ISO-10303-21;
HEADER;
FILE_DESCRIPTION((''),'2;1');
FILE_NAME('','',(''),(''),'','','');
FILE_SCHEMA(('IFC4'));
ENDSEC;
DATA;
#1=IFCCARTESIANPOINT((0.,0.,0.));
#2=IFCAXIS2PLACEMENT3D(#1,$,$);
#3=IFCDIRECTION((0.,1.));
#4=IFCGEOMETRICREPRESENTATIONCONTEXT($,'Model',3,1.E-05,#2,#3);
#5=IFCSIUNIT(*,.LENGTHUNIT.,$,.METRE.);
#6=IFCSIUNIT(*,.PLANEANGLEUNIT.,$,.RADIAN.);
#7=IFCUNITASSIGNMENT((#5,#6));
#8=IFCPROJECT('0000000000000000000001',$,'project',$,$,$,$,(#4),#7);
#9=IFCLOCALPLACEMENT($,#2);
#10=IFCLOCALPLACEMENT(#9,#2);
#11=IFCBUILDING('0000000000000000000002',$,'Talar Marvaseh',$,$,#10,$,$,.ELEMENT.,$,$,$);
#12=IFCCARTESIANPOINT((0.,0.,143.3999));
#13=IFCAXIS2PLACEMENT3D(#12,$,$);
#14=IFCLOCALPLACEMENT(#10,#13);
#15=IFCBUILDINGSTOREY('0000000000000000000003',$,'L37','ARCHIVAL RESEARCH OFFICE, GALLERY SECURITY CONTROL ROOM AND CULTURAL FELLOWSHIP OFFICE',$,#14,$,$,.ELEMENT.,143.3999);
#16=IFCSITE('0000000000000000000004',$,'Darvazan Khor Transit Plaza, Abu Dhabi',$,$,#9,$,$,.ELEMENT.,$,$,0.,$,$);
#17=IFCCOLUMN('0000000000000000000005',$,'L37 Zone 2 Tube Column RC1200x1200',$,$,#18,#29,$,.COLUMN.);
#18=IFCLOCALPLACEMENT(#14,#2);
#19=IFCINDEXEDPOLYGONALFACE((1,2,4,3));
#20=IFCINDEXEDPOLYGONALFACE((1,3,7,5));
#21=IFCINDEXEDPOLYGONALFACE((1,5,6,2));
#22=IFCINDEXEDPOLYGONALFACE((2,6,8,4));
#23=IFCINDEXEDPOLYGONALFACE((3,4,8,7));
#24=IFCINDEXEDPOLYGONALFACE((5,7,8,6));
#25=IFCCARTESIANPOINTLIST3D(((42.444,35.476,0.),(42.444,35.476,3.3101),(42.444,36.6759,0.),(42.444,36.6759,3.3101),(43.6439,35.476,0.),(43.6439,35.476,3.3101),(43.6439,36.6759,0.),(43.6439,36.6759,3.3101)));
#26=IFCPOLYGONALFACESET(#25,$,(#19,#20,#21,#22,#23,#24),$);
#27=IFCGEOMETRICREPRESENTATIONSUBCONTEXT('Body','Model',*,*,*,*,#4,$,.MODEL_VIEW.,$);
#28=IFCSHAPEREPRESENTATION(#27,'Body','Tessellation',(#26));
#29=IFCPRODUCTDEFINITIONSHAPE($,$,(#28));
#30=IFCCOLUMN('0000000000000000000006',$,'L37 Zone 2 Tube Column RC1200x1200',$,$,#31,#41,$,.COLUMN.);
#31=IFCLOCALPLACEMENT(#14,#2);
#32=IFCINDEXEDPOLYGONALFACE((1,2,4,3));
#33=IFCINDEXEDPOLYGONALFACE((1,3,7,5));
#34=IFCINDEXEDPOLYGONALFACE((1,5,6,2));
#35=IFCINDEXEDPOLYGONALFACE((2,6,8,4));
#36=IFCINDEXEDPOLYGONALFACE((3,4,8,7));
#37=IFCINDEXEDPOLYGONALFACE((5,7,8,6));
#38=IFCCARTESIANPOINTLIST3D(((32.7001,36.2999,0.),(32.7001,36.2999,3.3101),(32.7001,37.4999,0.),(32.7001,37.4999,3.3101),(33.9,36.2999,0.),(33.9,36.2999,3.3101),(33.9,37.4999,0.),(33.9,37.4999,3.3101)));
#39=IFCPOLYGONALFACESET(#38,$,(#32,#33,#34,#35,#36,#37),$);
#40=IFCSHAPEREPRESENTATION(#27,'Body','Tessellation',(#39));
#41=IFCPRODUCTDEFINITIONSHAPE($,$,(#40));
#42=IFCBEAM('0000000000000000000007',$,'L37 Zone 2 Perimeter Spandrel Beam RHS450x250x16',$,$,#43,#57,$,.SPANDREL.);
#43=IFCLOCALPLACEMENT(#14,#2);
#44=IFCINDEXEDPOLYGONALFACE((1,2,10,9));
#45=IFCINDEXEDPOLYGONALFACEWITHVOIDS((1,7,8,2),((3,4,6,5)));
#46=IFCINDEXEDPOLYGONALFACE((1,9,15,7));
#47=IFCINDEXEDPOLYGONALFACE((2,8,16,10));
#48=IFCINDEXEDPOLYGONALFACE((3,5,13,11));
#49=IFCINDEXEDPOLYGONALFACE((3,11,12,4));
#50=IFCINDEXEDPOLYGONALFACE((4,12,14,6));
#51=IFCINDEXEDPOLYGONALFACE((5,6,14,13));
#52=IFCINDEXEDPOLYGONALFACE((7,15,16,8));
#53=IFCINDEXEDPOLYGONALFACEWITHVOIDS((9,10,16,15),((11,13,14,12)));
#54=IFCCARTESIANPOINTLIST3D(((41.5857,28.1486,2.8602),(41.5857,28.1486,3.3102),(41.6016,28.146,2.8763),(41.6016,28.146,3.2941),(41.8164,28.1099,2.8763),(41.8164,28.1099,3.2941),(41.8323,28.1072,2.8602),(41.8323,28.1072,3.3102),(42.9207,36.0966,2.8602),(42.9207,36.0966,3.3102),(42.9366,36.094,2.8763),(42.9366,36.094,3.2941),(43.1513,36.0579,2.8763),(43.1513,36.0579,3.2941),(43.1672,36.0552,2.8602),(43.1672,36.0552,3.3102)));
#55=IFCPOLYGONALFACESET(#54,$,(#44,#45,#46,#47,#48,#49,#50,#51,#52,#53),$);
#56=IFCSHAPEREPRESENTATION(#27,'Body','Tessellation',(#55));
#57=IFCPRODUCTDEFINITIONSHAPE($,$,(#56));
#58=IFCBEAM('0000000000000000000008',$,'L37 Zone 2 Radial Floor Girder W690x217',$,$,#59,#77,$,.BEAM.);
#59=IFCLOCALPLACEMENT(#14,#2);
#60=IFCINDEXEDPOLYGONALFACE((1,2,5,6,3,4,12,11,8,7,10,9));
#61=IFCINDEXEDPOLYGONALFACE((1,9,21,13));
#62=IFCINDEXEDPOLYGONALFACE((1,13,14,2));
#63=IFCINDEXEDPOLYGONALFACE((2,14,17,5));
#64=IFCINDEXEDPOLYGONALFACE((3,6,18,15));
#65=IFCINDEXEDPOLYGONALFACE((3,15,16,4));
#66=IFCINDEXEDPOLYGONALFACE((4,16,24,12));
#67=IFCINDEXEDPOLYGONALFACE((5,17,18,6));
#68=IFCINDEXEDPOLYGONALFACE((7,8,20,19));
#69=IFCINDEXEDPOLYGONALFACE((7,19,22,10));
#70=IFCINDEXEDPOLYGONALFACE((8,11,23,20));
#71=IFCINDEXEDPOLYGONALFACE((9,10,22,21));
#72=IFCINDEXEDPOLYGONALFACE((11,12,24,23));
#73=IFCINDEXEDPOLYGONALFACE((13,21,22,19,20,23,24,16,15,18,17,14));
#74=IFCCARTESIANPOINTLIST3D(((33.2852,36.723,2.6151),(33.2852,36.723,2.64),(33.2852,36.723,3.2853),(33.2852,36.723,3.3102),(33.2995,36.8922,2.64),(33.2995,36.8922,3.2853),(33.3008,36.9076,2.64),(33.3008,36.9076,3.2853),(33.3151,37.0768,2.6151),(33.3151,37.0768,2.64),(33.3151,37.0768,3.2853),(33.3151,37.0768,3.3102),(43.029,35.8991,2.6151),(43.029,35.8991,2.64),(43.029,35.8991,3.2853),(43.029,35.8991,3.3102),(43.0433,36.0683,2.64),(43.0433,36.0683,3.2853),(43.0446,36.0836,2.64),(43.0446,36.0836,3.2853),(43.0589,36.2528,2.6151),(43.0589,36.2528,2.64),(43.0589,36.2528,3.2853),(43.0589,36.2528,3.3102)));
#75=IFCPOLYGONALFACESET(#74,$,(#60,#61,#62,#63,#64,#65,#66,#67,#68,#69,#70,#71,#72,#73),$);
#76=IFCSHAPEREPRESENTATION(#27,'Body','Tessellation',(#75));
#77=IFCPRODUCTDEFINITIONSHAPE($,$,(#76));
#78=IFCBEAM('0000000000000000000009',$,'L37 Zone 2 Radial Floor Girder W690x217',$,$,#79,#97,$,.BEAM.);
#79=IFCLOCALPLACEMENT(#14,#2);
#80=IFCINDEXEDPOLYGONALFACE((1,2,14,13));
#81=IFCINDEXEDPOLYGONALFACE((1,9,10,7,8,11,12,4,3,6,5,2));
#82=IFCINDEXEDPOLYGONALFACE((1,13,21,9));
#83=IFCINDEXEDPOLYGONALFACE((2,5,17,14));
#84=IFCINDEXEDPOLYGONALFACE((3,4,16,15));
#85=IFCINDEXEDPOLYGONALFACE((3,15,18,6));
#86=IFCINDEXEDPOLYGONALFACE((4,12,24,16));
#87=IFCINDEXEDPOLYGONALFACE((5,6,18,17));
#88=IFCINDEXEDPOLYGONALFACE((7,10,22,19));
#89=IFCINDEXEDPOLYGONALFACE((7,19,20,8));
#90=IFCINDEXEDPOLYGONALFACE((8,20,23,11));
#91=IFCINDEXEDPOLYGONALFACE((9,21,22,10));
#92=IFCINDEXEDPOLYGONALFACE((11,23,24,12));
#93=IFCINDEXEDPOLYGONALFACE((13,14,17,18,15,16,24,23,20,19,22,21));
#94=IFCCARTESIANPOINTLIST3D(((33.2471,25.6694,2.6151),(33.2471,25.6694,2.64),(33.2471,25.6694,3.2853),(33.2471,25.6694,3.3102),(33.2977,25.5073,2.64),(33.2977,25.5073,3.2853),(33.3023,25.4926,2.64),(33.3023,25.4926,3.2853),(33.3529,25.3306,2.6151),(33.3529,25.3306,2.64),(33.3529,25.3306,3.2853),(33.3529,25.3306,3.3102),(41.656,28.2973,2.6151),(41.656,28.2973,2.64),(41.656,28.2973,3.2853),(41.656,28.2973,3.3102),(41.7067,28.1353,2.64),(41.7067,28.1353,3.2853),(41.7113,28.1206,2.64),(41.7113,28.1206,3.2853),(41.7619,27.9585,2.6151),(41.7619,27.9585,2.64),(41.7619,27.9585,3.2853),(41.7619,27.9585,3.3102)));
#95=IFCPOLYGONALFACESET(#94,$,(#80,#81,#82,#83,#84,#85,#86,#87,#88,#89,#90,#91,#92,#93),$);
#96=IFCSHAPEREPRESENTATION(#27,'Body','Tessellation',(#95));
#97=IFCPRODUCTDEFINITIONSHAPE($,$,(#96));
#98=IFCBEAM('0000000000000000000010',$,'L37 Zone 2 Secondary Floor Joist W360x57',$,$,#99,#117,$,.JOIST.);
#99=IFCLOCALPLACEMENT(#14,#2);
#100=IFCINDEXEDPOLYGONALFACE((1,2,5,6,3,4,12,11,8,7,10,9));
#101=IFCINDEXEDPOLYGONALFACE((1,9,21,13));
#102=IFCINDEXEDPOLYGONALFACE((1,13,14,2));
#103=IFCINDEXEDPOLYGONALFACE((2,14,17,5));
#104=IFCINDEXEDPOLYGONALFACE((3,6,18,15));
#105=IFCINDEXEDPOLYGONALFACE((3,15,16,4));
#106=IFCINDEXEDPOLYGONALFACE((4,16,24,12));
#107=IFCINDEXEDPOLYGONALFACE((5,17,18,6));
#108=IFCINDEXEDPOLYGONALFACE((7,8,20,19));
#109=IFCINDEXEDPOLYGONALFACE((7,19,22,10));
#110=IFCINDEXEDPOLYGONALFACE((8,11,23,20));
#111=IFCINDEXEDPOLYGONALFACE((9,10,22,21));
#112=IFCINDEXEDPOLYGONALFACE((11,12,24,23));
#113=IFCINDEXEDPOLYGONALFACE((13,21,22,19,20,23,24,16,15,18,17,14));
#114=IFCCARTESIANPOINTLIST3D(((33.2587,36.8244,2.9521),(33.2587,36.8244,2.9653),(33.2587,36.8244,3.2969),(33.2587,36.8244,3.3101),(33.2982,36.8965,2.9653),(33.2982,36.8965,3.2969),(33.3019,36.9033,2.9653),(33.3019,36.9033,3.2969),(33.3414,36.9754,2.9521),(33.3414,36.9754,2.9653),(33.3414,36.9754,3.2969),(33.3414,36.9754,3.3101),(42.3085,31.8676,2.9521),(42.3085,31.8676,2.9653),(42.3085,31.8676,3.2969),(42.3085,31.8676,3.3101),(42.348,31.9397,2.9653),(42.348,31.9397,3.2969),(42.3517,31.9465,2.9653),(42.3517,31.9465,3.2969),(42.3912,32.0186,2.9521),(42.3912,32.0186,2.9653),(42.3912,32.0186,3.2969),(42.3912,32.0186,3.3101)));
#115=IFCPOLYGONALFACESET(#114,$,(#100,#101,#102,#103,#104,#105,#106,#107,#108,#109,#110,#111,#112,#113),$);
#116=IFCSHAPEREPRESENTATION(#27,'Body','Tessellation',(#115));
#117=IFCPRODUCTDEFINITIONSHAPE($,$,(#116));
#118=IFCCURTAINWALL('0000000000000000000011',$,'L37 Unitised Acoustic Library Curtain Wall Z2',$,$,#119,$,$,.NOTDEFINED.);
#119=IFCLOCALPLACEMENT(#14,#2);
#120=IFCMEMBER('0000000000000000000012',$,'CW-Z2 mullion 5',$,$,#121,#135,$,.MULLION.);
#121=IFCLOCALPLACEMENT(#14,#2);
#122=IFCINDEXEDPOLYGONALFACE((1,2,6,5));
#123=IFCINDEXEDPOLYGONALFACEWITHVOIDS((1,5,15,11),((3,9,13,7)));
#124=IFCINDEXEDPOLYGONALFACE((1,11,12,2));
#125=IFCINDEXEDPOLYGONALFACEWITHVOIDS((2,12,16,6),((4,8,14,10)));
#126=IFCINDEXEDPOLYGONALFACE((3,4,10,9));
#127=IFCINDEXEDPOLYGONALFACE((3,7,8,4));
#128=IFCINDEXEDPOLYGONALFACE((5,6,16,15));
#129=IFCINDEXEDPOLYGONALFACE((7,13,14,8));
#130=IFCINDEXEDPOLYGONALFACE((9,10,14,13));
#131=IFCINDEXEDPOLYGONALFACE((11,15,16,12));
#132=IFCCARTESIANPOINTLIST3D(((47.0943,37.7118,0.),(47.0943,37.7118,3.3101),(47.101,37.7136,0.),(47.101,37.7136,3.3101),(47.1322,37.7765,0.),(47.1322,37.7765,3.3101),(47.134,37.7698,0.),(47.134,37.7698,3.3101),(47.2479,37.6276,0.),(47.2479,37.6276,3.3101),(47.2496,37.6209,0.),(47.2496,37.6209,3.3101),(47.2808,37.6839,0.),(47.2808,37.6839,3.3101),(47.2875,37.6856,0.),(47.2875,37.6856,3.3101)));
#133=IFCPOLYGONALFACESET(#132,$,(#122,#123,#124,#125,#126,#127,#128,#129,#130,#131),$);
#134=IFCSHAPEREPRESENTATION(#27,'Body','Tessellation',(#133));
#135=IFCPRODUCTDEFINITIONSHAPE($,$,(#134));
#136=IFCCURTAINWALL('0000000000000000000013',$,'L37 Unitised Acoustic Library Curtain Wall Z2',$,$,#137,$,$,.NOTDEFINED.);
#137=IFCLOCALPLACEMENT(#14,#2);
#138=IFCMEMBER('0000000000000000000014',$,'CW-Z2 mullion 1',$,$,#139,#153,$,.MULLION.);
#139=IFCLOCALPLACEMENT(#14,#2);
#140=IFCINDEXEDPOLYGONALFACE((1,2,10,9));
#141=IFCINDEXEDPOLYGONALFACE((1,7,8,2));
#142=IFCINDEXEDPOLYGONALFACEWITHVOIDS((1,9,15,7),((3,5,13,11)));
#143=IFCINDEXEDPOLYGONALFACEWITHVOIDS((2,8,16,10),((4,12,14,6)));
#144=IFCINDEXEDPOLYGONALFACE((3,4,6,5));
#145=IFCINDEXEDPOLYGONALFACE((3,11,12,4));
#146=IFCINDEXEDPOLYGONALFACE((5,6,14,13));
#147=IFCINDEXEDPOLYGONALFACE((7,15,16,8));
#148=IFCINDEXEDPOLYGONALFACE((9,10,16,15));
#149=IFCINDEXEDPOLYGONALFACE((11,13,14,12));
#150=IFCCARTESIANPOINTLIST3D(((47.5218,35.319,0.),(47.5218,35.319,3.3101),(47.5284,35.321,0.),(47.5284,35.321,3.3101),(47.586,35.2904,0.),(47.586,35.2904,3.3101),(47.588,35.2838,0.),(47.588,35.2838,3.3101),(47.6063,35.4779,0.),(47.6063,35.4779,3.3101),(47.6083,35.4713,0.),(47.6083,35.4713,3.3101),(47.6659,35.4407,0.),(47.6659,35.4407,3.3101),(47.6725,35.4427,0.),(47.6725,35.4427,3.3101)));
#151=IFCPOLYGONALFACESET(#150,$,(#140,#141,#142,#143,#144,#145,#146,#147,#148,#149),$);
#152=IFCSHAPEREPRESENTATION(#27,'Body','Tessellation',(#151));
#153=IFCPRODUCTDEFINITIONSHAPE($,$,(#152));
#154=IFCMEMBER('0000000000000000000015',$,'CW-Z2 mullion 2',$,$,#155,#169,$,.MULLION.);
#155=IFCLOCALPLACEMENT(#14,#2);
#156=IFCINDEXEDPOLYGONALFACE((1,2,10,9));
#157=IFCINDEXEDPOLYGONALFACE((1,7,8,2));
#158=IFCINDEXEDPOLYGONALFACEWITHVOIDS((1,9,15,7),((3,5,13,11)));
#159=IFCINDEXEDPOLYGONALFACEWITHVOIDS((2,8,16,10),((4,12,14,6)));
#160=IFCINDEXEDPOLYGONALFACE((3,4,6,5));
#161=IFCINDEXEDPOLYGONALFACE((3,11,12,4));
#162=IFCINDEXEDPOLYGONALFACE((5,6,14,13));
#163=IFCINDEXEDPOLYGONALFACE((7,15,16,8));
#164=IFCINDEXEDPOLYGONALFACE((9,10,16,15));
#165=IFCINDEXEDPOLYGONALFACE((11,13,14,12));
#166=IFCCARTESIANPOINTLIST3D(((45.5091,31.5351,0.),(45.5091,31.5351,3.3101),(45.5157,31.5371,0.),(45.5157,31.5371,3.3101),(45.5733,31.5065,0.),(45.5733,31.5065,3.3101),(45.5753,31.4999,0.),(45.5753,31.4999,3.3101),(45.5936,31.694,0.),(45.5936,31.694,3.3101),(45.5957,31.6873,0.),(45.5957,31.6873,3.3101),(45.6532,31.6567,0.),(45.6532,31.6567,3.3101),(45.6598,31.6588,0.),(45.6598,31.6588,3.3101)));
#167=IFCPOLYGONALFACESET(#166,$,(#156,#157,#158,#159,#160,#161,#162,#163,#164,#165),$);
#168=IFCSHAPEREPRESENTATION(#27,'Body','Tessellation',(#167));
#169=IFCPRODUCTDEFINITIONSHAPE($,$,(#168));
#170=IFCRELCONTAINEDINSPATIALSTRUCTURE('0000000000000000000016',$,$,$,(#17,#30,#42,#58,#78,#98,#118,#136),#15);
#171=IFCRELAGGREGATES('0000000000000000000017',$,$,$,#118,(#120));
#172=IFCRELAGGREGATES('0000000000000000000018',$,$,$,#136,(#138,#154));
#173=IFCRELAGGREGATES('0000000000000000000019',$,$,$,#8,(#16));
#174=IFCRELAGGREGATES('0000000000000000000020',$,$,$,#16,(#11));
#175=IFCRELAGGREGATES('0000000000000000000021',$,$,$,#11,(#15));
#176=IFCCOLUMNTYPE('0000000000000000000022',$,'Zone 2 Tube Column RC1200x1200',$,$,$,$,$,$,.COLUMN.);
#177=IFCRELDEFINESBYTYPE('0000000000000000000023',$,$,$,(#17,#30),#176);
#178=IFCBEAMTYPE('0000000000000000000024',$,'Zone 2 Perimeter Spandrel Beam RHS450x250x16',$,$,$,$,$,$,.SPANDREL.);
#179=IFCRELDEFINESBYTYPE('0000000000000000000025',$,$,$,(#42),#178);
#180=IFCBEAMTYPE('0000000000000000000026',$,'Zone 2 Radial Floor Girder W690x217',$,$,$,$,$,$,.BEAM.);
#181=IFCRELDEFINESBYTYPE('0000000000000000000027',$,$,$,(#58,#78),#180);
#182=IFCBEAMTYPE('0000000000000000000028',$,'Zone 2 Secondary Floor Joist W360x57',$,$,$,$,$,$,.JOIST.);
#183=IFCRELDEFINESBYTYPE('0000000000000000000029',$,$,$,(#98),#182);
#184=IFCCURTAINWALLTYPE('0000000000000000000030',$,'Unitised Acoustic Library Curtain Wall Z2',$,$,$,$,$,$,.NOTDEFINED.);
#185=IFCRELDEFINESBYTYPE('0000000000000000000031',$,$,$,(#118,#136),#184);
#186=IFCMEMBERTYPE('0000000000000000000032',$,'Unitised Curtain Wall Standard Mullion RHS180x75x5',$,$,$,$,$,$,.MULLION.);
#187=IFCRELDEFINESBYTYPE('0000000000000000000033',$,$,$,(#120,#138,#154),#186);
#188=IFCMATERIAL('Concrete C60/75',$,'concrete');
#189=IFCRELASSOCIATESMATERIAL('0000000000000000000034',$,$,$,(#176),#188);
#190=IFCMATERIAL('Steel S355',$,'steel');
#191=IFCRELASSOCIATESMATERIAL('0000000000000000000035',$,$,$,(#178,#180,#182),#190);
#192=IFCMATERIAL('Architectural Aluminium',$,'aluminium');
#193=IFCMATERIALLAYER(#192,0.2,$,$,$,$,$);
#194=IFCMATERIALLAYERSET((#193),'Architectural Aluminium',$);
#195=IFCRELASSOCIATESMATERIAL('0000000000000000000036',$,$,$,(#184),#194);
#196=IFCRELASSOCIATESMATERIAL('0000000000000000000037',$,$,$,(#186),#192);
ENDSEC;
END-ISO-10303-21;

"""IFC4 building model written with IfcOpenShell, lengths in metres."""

from ifc_helpers import new_model, si_unit, direction, frame, origin, origin_2d, place, context, subcontext, project, spatial, rectangle, hollow_rectangle, i_section, extrude, source, transform, mapped, material, layer, layer_set, material_profile, profile_set, type_object, type_shapes, element, aggregate, save


model = new_model("IFC4")

# Units and contexts
model_context = context("Model", 3, precision=1e-05, world=origin(), true_north=direction((0.0, 1.0)))
body_context = subcontext(model_context, "Body", "Model", "MODEL_VIEW")
ifc_project = project(units=[si_unit("LENGTHUNIT", "METRE"), si_unit("PLANEANGLEUNIT", "RADIAN")], contexts=[model_context])

# Site, building, storey
site_placement = place(None, origin())
site = spatial("IfcSite", under=ifc_project, at=site_placement, Name="Darvazan Khor Transit Plaza, Abu Dhabi", CompositionType="ELEMENT", RefElevation=0.0)
building_placement = place(site_placement, origin())
building = spatial("IfcBuilding", under=site, at=building_placement, Name="Talar Marvaseh", CompositionType="ELEMENT")
storey_placement = place(building_placement, frame((0.0, 0.0, 143.3999)))
storey = spatial("IfcBuildingStorey", under=building, at=storey_placement, Name="L37", Description="ARCHIVAL RESEARCH OFFICE, GALLERY SECURITY CONTROL ROOM AND CULTURAL FELLOWSHIP OFFICE", CompositionType="ELEMENT", Elevation=143.3999)

# Columns
ifc_material_1 = material(Name="Concrete C60/75", Category="concrete")
ifc_material_profile_1 = material_profile(ifc_material_1, rectangle(XDim=1.2, YDim=1.2, at=origin_2d()), Name="RC1200x1200")
ifc_profile_set_1 = profile_set([ifc_material_profile_1], Name="Concrete C60/75")
column_type = type_object("IfcColumnType", Name="Zone 2 Tube Column RC1200x1200", PredefinedType="COLUMN", material=ifc_profile_set_1)
for number, where, z_axis, x_axis, name in (
    (1, (43.0439, 36.0759, 0.0), (0.0, 0.0, 1.0), (1.0, 0.0, 0.0), "L37 Zone 2 Tube Column RC1200x1200"),
    (2, (33.3, 36.8999, 0.0), (0.0, 0.0, 1.0), (1.0, 0.0, 0.0), "L37 Zone 2 Tube Column RC1200x1200"),
):
    element("IfcColumn", number, at=place(storey_placement, frame(where, z_axis=z_axis, x_axis=x_axis)), inside=storey, type_object=column_type, Name=name, PredefinedType="COLUMN", context=body_context, shape_type="SweptSolid", body=[
        extrude(rectangle(XDim=1.2, YDim=1.2, at=origin_2d()), origin(), (0.0, 0.0, 1.0), 3.3101),
    ])

# Beams
ifc_material_2 = material(Name="Steel S355", Category="steel")
ifc_material_profile_2 = material_profile(ifc_material_2, hollow_rectangle(XDim=0.25, YDim=0.45, WallThickness=0.0161, at=origin_2d()), Name="RHS450x250x16")
ifc_profile_set_2 = profile_set([ifc_material_profile_2], Name="Steel S355")
beam_type_1 = type_object("IfcBeamType", Name="Zone 2 Perimeter Spandrel Beam RHS450x250x16", PredefinedType="SPANDREL", material=ifc_profile_set_2)
beam_1_placement = place(storey_placement, frame((43.0439, 36.0759, 3.0852), z_axis=(-0.165642, -0.986186, 0.0), x_axis=(0.986186, -0.165642, 0.0)))
element("IfcBeam", 3, at=beam_1_placement, inside=storey, type_object=beam_type_1, Name="L37 Zone 2 Perimeter Spandrel Beam RHS450x250x16", PredefinedType="SPANDREL", context=body_context, shape_type="SweptSolid", body=[
    extrude(hollow_rectangle(XDim=0.25, YDim=0.45, WallThickness=0.0161, at=origin_2d()), origin(), (0.0, 0.0, 1.0), 8.0593),
])
ifc_material_profile_3 = material_profile(ifc_material_2, i_section(OverallWidth=0.355, OverallDepth=0.6951, WebThickness=0.0154, FlangeThickness=0.0249, at=origin_2d()), Name="W690x217")
ifc_profile_set_3 = profile_set([ifc_material_profile_3], Name="Steel S355")
beam_type_2 = type_object("IfcBeamType", Name="Zone 2 Radial Floor Girder W690x217", PredefinedType="BEAM", material=ifc_profile_set_3)
beam_2_placement = place(storey_placement, frame((43.0439, 36.0759, 2.9626), z_axis=(-0.996444, 0.084262, 0.0), x_axis=(-0.084262, -0.996444, 0.0)))
element("IfcBeam", 4, at=beam_2_placement, inside=storey, type_object=beam_type_2, Name="L37 Zone 2 Radial Floor Girder W690x217", PredefinedType="BEAM", context=body_context, shape_type="SweptSolid", body=[
    extrude(i_section(OverallWidth=0.355, OverallDepth=0.6951, WebThickness=0.0154, FlangeThickness=0.0249, at=origin_2d()), origin(), (0.0, 0.0, 1.0), 9.7786),
])
beam_3_placement = place(storey_placement, frame((41.709, 28.1279, 2.9626), z_axis=(-0.954476, -0.298289, 0.0), x_axis=(0.298289, -0.954476, 0.0)))
element("IfcBeam", 5, at=beam_3_placement, inside=storey, type_object=beam_type_2, Name="L37 Zone 2 Radial Floor Girder W690x217", PredefinedType="BEAM", context=body_context, shape_type="SweptSolid", body=[
    extrude(i_section(OverallWidth=0.355, OverallDepth=0.6951, WebThickness=0.0154, FlangeThickness=0.0249, at=origin_2d()), origin(), (0.0, 0.0, 1.0), 8.8101),
])
ifc_material_profile_4 = material_profile(ifc_material_2, i_section(OverallWidth=0.1721, OverallDepth=0.3579, WebThickness=0.0078, FlangeThickness=0.0132, at=origin_2d()), Name="W360x57")
ifc_profile_set_4 = profile_set([ifc_material_profile_4], Name="Steel S355")
beam_type_3 = type_object("IfcBeamType", Name="Zone 2 Secondary Floor Joist W360x57", PredefinedType="JOIST", material=ifc_profile_set_4)
beam_4_placement = place(storey_placement, frame((42.3499, 31.9431, 3.1311), z_axis=(-0.877058, 0.480385, 0.0), x_axis=(-0.480385, -0.877058, 0.0)))
element("IfcBeam", 6, at=beam_4_placement, inside=storey, type_object=beam_type_3, Name="L37 Zone 2 Secondary Floor Joist W360x57", PredefinedType="JOIST", context=body_context, shape_type="SweptSolid", body=[
    extrude(i_section(OverallWidth=0.1721, OverallDepth=0.3579, WebThickness=0.0078, FlangeThickness=0.0132, at=origin_2d()), origin(), (0.0, 0.0, 1.0), 10.3184),
])

# Curtain wall, member
ifc_material_3 = material(Name="Architectural Aluminium", Category="aluminium")
ifc_layer_1 = layer(ifc_material_3, 0.2)
ifc_layer_set_1 = layer_set([ifc_layer_1], Name="Architectural Aluminium")
curtain_wall_type = type_object("IfcCurtainWallType", Name="Unitised Acoustic Library Curtain Wall Z2", PredefinedType="NOTDEFINED", material=ifc_layer_set_1)
curtain_wall_1_placement = place(storey_placement, origin())
curtain_wall_1 = element("IfcCurtainWall", 7, at=curtain_wall_1_placement, inside=storey, type_object=curtain_wall_type, Name="L37 Unitised Acoustic Library Curtain Wall Z2", PredefinedType="NOTDEFINED")
ifc_material_profile_5 = material_profile(ifc_material_3, hollow_rectangle(XDim=0.075, YDim=0.1799, WallThickness=0.0049, at=origin_2d()), Name="RHS180x75x5")
ifc_profile_set_5 = profile_set([ifc_material_profile_5], Name="Architectural Aluminium")
member_type_1 = type_object("IfcMemberType", Name="Unitised Curtain Wall Standard Mullion RHS180x75x5", PredefinedType="MULLION", material=ifc_profile_set_5)
shared_shape_1 = source(origin(), body_context, "Body", "SweptSolid", [
    extrude(hollow_rectangle(XDim=0.075, YDim=0.1799, WallThickness=0.0049, at=origin_2d()), origin(), (0.0, 0.0, 1.0), 3.3101),
])
type_shapes(member_type_1, [shared_shape_1])
member_1_placement = place(storey_placement, frame((47.1909, 37.6987, 0.0), z_axis=(0.0, 0.0, 1.0), x_axis=(0.505222, 0.862989, 0.0)))
member_1 = element("IfcMember", 8, at=member_1_placement, type_object=member_type_1, Name="CW-Z2 mullion 5", PredefinedType="MULLION", context=body_context, shape_type="MappedRepresentation", body=[
    mapped(shared_shape_1, transform((0.0, 0.0, 0.0), x_axis=(1.0, 0.0, 0.0), y_axis=(0.0, 1.0, 0.0), z_axis=(0.0, 0.0, 1.0), scale=1.0)),
])
aggregate(curtain_wall_1, [member_1])

# Curtain wall, members
curtain_wall_2_placement = place(storey_placement, origin())
curtain_wall_2 = element("IfcCurtainWall", 9, at=curtain_wall_2_placement, inside=storey, type_object=curtain_wall_type, Name="L37 Unitised Acoustic Library Curtain Wall Z2", PredefinedType="NOTDEFINED")
member_2_placement = place(storey_placement, frame((47.5972, 35.3809, 0.0), z_axis=(0.0, 0.0, 1.0), x_axis=(0.882874, -0.469611, 0.0)))
member_2 = element("IfcMember", 10, at=member_2_placement, type_object=member_type_1, Name="CW-Z2 mullion 1", PredefinedType="MULLION", context=body_context, shape_type="MappedRepresentation", body=[
    mapped(shared_shape_1, transform((0.0, 0.0, 0.0), x_axis=(1.0, 0.0, 0.0), y_axis=(0.0, 1.0, 0.0), z_axis=(0.0, 0.0, 1.0), scale=1.0)),
])
member_3_placement = place(storey_placement, frame((45.5845, 31.5969, 0.0), z_axis=(0.0, 0.0, 1.0), x_axis=(0.882874, -0.469611, 0.0)))
member_3 = element("IfcMember", 11, at=member_3_placement, type_object=member_type_1, Name="CW-Z2 mullion 2", PredefinedType="MULLION", context=body_context, shape_type="MappedRepresentation", body=[
    mapped(shared_shape_1, transform((0.0, 0.0, 0.0), x_axis=(1.0, 0.0, 0.0), y_axis=(0.0, 1.0, 0.0), z_axis=(0.0, 0.0, 1.0), scale=1.0)),
])
aggregate(curtain_wall_2, [member_2, member_3])

save(model, "model.ifc")
